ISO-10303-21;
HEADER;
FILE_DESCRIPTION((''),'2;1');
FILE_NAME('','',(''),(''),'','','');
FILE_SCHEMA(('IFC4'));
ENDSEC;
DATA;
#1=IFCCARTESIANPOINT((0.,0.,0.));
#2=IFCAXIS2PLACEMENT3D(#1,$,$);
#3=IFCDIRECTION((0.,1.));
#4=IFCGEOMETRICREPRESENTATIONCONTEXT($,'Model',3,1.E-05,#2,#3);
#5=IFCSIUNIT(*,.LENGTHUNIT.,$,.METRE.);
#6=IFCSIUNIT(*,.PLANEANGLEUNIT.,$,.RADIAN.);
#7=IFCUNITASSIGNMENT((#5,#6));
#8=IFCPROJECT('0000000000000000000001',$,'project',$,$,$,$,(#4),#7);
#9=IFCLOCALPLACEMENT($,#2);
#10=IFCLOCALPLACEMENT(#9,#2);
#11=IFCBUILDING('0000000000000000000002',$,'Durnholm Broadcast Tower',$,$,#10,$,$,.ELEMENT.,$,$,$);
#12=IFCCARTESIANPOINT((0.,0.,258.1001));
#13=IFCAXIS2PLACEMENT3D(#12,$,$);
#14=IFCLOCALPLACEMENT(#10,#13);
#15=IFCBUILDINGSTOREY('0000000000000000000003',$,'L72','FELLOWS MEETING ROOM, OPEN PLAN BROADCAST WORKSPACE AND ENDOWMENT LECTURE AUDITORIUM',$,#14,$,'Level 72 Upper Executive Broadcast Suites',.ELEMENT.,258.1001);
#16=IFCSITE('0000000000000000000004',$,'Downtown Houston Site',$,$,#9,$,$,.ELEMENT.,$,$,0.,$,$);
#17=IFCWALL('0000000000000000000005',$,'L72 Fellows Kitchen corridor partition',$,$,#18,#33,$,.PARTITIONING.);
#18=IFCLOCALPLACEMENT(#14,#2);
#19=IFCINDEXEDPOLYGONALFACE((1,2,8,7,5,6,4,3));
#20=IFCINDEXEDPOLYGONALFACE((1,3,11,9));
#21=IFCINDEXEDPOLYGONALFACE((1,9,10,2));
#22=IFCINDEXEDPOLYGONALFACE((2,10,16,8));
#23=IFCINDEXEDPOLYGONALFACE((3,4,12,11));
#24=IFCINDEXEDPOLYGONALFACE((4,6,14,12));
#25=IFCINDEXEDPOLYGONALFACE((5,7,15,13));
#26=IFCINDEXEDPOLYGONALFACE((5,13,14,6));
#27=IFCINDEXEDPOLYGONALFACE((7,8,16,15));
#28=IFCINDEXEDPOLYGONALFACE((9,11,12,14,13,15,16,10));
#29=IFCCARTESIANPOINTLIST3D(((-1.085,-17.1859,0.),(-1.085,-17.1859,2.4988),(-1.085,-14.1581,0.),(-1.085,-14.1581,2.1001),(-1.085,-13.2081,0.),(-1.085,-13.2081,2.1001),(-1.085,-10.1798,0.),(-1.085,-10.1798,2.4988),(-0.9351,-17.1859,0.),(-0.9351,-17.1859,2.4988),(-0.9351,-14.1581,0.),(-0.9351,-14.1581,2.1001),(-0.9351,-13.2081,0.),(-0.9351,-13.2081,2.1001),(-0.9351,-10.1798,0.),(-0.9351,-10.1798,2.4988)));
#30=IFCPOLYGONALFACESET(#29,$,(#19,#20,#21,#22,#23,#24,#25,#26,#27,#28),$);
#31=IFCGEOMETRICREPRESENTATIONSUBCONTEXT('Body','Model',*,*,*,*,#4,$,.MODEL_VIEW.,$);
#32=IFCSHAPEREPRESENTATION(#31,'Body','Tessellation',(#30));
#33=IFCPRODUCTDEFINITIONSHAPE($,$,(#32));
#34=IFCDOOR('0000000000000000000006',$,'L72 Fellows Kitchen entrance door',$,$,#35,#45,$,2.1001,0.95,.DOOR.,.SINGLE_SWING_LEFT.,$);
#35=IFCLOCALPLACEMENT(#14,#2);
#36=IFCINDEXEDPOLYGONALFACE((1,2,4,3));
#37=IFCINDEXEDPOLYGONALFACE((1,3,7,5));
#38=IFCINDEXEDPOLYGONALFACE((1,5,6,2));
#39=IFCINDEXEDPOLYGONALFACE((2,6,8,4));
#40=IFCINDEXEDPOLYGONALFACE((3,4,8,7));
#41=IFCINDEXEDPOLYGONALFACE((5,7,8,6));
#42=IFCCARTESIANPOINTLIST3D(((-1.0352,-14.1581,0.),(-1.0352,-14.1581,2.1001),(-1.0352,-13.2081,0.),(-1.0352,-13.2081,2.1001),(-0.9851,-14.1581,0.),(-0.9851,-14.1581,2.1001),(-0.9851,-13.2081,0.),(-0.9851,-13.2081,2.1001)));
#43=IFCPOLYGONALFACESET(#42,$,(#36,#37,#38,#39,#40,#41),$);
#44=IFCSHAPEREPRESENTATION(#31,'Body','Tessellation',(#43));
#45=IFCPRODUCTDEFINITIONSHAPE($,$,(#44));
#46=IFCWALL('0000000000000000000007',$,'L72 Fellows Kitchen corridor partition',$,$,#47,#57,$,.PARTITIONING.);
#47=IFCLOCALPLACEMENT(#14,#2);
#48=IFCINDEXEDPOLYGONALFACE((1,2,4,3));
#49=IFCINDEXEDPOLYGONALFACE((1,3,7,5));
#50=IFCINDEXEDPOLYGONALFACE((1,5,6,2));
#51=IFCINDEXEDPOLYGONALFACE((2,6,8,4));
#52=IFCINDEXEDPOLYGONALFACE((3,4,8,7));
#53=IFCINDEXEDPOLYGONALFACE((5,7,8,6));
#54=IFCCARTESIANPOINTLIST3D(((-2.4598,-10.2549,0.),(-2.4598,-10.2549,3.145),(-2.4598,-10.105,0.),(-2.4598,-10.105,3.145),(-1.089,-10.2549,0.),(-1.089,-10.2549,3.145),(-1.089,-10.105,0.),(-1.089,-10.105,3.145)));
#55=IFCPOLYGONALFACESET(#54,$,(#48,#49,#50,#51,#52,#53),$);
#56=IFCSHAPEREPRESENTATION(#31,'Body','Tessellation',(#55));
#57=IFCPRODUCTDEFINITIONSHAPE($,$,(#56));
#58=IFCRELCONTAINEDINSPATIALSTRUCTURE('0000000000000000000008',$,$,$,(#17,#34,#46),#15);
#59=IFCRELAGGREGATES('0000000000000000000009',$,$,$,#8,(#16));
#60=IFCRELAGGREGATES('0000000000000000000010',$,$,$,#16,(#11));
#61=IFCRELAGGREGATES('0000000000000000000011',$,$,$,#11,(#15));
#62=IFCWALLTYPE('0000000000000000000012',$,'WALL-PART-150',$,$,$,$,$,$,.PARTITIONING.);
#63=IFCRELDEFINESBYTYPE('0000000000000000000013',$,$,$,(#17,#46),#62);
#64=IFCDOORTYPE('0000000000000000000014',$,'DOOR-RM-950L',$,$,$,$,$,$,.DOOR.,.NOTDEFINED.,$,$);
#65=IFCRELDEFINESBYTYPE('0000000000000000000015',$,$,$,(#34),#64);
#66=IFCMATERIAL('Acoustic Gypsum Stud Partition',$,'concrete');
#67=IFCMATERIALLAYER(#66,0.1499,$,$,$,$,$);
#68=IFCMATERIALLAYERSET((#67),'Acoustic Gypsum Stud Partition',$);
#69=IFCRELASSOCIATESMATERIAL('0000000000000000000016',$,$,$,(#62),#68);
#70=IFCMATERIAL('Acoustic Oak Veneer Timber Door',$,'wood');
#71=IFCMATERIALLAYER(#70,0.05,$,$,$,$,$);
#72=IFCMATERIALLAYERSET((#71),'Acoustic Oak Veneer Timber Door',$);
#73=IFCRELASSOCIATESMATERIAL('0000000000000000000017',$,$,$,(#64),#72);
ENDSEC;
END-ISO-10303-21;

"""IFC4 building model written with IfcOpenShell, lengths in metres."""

from ifc_helpers import new_model, si_unit, direction, frame, frame_2d, origin, place, context, subcontext, project, spatial, rectangle, extrude, source, transform, mapped, material, layer, layer_set, type_object, type_shapes, element, fill, save


model = new_model("IFC4")

# Units and contexts
model_context = context("Model", 3, precision=1e-05, world=origin(), true_north=direction((0.0, 1.0)))
body_context = subcontext(model_context, "Body", "Model", "MODEL_VIEW")
ifc_project = project(units=[si_unit("LENGTHUNIT", "METRE"), si_unit("PLANEANGLEUNIT", "RADIAN")], contexts=[model_context])

# Site, building, storey
site_placement = place(None, origin())
site = spatial("IfcSite", under=ifc_project, at=site_placement, Name="Downtown Houston Site", CompositionType="ELEMENT", RefElevation=0.0)
building_placement = place(site_placement, origin())
building = spatial("IfcBuilding", under=site, at=building_placement, Name="Durnholm Broadcast Tower", CompositionType="ELEMENT")
storey_placement = place(building_placement, frame((0.0, 0.0, 258.1001)))
storey = spatial("IfcBuildingStorey", under=building, at=storey_placement, Name="L72", Description="FELLOWS MEETING ROOM, OPEN PLAN BROADCAST WORKSPACE AND ENDOWMENT LECTURE AUDITORIUM", LongName="Level 72 Upper Executive Broadcast Suites", CompositionType="ELEMENT", Elevation=258.1001)

# Wall, opening, door
ifc_material_1 = material(Name="Acoustic Gypsum Stud Partition", Category="concrete")
ifc_layer_1 = layer(ifc_material_1, 0.1499)
ifc_layer_set_1 = layer_set([ifc_layer_1], Name="Acoustic Gypsum Stud Partition")
wall_type_1 = type_object("IfcWallType", Name="WALL-PART-150", PredefinedType="PARTITIONING", material=ifc_layer_set_1)
wall_1_placement = place(storey_placement, frame((-1.01, -10.1799, 0.0), z_axis=(0.0, 0.0, 1.0), x_axis=(0.0, -1.0, 0.0)))
wall_1 = element("IfcWall", 1, at=wall_1_placement, inside=storey, type_object=wall_type_1, Name="L72 Fellows Kitchen corridor partition", PredefinedType="PARTITIONING", context=body_context, shape_type="SweptSolid", body=[
    extrude(rectangle(XDim=7.0061, YDim=0.1499, at=frame_2d((3.5029, 0.0))), origin(), (0.0, 0.0, 1.0), 2.4988),
])
opening_1_placement = place(wall_1_placement, frame((3.0281, 0.0, 0.0)))
opening_1 = element("IfcOpeningElement", 2, at=opening_1_placement, cuts=wall_1, PredefinedType="OPENING", context=body_context, shape_type="SweptSolid", body=[
    extrude(rectangle(XDim=0.95, YDim=2.1001, at=frame_2d((0.4751, 1.05))), frame((0.0, 0.085, 0.0), z_axis=(0.0, -1.0, 0.0), x_axis=(1.0, 0.0, 0.0)), (0.0, 0.0, 1.0), 0.1699),
])
ifc_material_2 = material(Name="Acoustic Oak Veneer Timber Door", Category="wood")
ifc_layer_2 = layer(ifc_material_2, 0.05)
ifc_layer_set_2 = layer_set([ifc_layer_2], Name="Acoustic Oak Veneer Timber Door")
door_type_1 = type_object("IfcDoorType", Name="DOOR-RM-950L", OperationType="NOTDEFINED", PredefinedType="DOOR", material=ifc_layer_set_2)
shared_shape_1 = source(origin(), body_context, "Body", "SweptSolid", [
    extrude(rectangle(XDim=0.95, YDim=2.1001, at=frame_2d((0.4751, 1.05))), frame((0.0, 0.0249, 0.0), z_axis=(0.0, -1.0, 0.0), x_axis=(1.0, 0.0, 0.0)), (0.0, 0.0, 1.0), 0.05),
])
type_shapes(door_type_1, [shared_shape_1])
door_1_placement = place(opening_1_placement, origin())
door_1 = element("IfcDoor", 3, at=door_1_placement, inside=storey, type_object=door_type_1, Name="L72 Fellows Kitchen entrance door", OperationType="SINGLE_SWING_LEFT", OverallHeight=2.1001, OverallWidth=0.95, PredefinedType="DOOR", context=body_context, shape_type="MappedRepresentation", body=[
    mapped(shared_shape_1, transform((0.0, 0.0, 0.0), x_axis=(1.0, 0.0, 0.0), y_axis=(0.0, 1.0, 0.0), z_axis=(0.0, 0.0, 1.0), scale=1.0)),
])
fill(opening_1, door_1)

# Wall
wall_2_placement = place(storey_placement, frame((-2.46, -10.1799, 0.0), z_axis=(0.0, 0.0, 1.0), x_axis=(1.0, 0.0, 0.0)))
element("IfcWall", 4, at=wall_2_placement, inside=storey, type_object=wall_type_1, Name="L72 Fellows Kitchen corridor partition", PredefinedType="PARTITIONING", context=body_context, shape_type="SweptSolid", body=[
    extrude(rectangle(XDim=1.3708, YDim=0.1499, at=frame_2d((0.6855, 0.0))), origin(), (0.0, 0.0, 1.0), 3.145),
])

save(model, "model.ifc")
